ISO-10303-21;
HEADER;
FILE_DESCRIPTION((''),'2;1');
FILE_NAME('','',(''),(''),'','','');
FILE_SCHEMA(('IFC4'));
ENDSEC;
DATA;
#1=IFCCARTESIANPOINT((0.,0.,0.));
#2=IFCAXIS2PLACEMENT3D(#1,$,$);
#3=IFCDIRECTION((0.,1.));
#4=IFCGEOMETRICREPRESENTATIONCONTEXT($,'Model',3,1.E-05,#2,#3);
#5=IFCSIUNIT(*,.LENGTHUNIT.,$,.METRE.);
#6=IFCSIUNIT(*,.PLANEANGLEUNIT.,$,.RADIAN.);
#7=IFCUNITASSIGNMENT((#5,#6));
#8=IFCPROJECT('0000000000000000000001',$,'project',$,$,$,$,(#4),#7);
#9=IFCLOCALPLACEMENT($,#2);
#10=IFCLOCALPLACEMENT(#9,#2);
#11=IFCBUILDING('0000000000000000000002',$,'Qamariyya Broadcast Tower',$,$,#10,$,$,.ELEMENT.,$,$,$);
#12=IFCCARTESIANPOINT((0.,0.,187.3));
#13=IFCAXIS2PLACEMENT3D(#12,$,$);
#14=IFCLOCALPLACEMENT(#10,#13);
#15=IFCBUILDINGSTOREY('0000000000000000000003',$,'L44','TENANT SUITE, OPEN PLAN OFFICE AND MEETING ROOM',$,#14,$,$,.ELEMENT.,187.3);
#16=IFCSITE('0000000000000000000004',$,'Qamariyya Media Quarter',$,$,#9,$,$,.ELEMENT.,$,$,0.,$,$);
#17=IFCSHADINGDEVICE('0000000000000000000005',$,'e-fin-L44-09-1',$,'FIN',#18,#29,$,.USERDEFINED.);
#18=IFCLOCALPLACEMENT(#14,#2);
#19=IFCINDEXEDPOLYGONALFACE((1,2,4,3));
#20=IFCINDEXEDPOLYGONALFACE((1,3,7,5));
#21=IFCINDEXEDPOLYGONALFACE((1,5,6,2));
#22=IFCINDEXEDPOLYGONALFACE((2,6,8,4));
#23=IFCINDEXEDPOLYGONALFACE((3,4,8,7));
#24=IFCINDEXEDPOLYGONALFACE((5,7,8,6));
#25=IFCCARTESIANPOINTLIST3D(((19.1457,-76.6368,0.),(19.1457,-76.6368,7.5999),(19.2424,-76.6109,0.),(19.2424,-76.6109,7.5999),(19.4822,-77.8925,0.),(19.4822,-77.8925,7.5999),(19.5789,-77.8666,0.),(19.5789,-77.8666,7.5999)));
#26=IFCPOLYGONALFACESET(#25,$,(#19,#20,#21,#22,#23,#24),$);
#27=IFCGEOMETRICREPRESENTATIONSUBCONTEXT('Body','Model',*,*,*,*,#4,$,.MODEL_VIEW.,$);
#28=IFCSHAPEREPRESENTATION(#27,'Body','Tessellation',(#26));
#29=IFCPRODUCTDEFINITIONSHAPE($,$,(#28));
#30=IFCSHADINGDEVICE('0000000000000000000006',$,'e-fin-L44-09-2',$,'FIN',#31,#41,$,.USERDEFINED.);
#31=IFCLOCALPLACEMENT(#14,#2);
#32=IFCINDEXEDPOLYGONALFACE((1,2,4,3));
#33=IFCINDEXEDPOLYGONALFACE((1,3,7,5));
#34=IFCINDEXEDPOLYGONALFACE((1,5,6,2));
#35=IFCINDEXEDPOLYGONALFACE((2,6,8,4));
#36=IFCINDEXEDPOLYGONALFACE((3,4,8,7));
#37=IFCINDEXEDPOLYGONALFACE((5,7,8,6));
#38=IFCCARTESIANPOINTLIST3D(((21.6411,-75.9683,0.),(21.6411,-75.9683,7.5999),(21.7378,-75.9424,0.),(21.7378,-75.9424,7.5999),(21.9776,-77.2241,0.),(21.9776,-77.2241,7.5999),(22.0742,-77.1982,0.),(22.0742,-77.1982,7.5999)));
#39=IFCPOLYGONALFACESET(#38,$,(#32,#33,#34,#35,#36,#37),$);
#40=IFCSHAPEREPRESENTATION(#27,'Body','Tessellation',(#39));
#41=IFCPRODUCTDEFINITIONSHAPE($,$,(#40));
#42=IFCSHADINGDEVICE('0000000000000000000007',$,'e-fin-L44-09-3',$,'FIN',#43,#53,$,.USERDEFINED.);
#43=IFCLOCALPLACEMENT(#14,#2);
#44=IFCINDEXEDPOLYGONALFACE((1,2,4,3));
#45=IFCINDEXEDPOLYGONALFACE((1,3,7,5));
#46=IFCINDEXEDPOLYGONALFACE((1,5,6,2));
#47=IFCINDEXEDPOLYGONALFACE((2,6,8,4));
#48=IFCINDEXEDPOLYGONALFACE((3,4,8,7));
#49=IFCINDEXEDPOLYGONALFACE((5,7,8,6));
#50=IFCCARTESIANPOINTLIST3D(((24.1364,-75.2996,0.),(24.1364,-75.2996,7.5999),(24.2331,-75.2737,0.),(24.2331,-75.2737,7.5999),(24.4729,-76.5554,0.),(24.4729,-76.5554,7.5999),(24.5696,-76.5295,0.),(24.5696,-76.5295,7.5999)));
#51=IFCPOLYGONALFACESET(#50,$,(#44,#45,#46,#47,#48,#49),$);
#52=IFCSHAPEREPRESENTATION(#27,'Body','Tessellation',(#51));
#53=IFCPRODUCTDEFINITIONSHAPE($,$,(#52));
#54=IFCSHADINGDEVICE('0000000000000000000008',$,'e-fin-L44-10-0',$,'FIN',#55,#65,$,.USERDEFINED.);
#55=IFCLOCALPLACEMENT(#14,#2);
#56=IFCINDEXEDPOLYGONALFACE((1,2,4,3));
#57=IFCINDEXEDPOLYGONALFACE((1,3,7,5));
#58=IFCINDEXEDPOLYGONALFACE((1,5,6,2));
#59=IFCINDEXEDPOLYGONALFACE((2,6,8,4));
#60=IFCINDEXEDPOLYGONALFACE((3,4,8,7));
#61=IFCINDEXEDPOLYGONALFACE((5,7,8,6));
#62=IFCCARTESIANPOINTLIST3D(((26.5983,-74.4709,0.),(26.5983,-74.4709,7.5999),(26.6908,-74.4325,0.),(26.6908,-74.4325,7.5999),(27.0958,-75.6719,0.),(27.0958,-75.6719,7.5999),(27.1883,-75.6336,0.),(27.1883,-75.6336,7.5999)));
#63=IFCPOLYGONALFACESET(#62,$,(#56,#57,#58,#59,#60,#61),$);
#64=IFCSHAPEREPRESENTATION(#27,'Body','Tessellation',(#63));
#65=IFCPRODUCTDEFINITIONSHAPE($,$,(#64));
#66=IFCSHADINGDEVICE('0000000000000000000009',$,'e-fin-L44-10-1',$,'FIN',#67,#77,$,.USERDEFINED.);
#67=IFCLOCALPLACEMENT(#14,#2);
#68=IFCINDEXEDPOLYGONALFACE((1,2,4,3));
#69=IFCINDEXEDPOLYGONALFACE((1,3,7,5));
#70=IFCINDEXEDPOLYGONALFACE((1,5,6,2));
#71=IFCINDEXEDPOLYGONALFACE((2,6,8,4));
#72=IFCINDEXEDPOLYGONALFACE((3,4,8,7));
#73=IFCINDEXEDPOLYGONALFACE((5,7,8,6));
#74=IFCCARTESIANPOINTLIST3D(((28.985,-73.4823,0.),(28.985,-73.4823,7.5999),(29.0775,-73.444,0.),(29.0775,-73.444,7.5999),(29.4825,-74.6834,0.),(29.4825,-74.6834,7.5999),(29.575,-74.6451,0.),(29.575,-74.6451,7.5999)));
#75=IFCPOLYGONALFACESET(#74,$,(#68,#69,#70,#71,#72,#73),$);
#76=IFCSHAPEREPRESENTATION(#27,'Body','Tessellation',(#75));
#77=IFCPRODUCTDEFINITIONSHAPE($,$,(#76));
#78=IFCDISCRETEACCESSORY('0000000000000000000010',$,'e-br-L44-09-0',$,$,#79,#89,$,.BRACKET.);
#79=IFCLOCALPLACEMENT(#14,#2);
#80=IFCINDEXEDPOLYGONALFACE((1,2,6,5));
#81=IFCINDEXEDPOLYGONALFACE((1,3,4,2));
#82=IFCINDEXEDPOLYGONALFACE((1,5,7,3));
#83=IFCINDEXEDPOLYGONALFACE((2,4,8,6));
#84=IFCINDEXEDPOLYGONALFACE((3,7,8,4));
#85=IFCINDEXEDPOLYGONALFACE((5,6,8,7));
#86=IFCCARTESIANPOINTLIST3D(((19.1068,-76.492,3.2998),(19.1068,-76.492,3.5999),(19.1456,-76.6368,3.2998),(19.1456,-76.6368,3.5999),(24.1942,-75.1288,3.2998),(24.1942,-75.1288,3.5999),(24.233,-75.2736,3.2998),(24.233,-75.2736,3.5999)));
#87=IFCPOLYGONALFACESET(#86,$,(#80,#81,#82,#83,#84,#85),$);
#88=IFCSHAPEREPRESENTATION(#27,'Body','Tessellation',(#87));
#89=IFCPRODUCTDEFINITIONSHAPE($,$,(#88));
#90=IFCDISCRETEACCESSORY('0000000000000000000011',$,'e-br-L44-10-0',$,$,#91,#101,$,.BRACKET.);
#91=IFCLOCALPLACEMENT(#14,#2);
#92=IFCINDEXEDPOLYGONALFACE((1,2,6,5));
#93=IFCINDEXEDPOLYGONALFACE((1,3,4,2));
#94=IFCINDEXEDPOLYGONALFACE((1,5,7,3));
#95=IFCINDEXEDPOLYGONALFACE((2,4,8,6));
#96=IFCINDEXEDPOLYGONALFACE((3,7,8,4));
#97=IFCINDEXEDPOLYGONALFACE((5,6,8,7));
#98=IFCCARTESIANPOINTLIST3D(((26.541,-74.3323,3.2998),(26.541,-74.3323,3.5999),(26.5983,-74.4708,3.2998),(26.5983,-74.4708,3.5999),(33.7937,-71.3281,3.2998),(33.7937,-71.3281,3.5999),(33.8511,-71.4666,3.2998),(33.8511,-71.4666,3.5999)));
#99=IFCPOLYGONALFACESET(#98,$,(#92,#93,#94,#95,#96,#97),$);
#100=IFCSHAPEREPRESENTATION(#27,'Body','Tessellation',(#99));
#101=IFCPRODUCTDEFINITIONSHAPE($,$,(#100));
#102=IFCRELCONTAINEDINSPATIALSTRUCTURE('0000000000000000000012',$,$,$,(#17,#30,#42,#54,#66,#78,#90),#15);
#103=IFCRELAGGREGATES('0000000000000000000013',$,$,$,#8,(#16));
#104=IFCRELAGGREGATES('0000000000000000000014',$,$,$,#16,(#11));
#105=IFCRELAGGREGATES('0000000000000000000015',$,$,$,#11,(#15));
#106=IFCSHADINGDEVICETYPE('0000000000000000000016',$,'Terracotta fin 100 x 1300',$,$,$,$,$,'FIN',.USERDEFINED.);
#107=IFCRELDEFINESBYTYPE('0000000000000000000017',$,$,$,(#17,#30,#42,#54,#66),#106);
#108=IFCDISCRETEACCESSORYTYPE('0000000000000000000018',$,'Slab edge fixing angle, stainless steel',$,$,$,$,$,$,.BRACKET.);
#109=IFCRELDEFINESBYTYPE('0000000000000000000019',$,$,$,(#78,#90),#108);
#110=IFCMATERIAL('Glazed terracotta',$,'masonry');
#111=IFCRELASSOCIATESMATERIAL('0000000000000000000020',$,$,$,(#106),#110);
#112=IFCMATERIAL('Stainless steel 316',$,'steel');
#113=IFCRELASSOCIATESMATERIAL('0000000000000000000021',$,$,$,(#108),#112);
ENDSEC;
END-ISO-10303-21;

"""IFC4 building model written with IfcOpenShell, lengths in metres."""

from ifc_helpers import new_model, si_unit, direction, frame, origin, origin_2d, place, context, subcontext, project, spatial, rectangle, extrude, material, material_profile, profile_set, type_object, element, save


model = new_model("IFC4")

# Units and contexts
model_context = context("Model", 3, precision=1e-05, world=origin(), true_north=direction((0.0, 1.0)))
body_context = subcontext(model_context, "Body", "Model", "MODEL_VIEW")
ifc_project = project(units=[si_unit("LENGTHUNIT", "METRE"), si_unit("PLANEANGLEUNIT", "RADIAN")], contexts=[model_context])

# Site, building, storey
site_placement = place(None, origin())
site = spatial("IfcSite", under=ifc_project, at=site_placement, Name="Qamariyya Media Quarter", CompositionType="ELEMENT", RefElevation=0.0)
building_placement = place(site_placement, origin())
building = spatial("IfcBuilding", under=site, at=building_placement, Name="Qamariyya Broadcast Tower", CompositionType="ELEMENT")
storey_placement = place(building_placement, frame((0.0, 0.0, 187.3)))
storey = spatial("IfcBuildingStorey", under=building, at=storey_placement, Name="L44", Description="TENANT SUITE, OPEN PLAN OFFICE AND MEETING ROOM", CompositionType="ELEMENT", Elevation=187.3)

# Shading devices
ifc_material_1 = material(Name="Glazed terracotta", Category="masonry")
ifc_material_profile_1 = material_profile(ifc_material_1, rectangle(XDim=1.3, YDim=0.1001, at=origin_2d()))
ifc_profile_set_1 = profile_set([ifc_material_profile_1], Name="Glazed terracotta")
shading_device_type_1 = type_object("IfcShadingDeviceType", Name="Terracotta fin 100 x 1300", ElementType="FIN", PredefinedType="USERDEFINED", material=ifc_profile_set_1)
for number, where, z_axis, x_axis, name in (
    (1, (19.3623, -77.2517, 0.0), (0.0, 0.0, 1.0), (0.258819, -0.965926, 0.0), "e-fin-L44-09-1"),
    (2, (21.8577, -76.5833, 0.0), (0.0, 0.0, 1.0), (0.258819, -0.965926, 0.0), "e-fin-L44-09-2"),
    (3, (24.353, -75.9146, 0.0), (0.0, 0.0, 1.0), (0.258819, -0.965926, 0.0), "e-fin-L44-09-3"),
    (4, (26.8933, -75.0522, 0.0), (0.0, 0.0, 1.0), (0.382683, -0.92388, 0.0), "e-fin-L44-10-0"),
    (5, (29.28, -74.0637, 0.0), (0.0, 0.0, 1.0), (0.382683, -0.92388, 0.0), "e-fin-L44-10-1"),
):
    element("IfcShadingDevice", number, at=place(storey_placement, frame(where, z_axis=z_axis, x_axis=x_axis)), inside=storey, type_object=shading_device_type_1, Name=name, ObjectType="FIN", PredefinedType="USERDEFINED", context=body_context, shape_type="SweptSolid", body=[
        extrude(rectangle(XDim=1.3, YDim=0.1001, at=origin_2d()), origin(), (0.0, 0.0, 1.0), 7.5999),
    ])

# Discrete accessories
ifc_material_2 = material(Name="Stainless steel 316", Category="steel")
discrete_accessory_type = type_object("IfcDiscreteAccessoryType", Name="Slab edge fixing angle, stainless steel", PredefinedType="BRACKET", material=ifc_material_2)
discrete_accessory_1_placement = place(storey_placement, frame((21.6699, -75.8828, 3.2998), z_axis=(0.0, 0.0, 1.0), x_axis=(0.965926, 0.258819, 0.0)))
element("IfcDiscreteAccessory", 6, at=discrete_accessory_1_placement, inside=storey, type_object=discrete_accessory_type, Name="e-br-L44-09-0", PredefinedType="BRACKET", context=body_context, shape_type="SweptSolid", body=[
    extrude(rectangle(XDim=5.2668, YDim=0.1499, at=origin_2d()), origin(), (0.0, 0.0, 1.0), 0.3),
])
discrete_accessory_2_placement = place(storey_placement, frame((30.196, -72.8994, 3.2998), z_axis=(0.0, 0.0, 1.0), x_axis=(0.92388, 0.382683, 0.0)))
element("IfcDiscreteAccessory", 7, at=discrete_accessory_2_placement, inside=storey, type_object=discrete_accessory_type, Name="e-br-L44-10-0", PredefinedType="BRACKET", context=body_context, shape_type="SweptSolid", body=[
    extrude(rectangle(XDim=7.8503, YDim=0.1499, at=origin_2d()), origin(), (0.0, 0.0, 1.0), 0.3),
])

save(model, "model.ifc")
